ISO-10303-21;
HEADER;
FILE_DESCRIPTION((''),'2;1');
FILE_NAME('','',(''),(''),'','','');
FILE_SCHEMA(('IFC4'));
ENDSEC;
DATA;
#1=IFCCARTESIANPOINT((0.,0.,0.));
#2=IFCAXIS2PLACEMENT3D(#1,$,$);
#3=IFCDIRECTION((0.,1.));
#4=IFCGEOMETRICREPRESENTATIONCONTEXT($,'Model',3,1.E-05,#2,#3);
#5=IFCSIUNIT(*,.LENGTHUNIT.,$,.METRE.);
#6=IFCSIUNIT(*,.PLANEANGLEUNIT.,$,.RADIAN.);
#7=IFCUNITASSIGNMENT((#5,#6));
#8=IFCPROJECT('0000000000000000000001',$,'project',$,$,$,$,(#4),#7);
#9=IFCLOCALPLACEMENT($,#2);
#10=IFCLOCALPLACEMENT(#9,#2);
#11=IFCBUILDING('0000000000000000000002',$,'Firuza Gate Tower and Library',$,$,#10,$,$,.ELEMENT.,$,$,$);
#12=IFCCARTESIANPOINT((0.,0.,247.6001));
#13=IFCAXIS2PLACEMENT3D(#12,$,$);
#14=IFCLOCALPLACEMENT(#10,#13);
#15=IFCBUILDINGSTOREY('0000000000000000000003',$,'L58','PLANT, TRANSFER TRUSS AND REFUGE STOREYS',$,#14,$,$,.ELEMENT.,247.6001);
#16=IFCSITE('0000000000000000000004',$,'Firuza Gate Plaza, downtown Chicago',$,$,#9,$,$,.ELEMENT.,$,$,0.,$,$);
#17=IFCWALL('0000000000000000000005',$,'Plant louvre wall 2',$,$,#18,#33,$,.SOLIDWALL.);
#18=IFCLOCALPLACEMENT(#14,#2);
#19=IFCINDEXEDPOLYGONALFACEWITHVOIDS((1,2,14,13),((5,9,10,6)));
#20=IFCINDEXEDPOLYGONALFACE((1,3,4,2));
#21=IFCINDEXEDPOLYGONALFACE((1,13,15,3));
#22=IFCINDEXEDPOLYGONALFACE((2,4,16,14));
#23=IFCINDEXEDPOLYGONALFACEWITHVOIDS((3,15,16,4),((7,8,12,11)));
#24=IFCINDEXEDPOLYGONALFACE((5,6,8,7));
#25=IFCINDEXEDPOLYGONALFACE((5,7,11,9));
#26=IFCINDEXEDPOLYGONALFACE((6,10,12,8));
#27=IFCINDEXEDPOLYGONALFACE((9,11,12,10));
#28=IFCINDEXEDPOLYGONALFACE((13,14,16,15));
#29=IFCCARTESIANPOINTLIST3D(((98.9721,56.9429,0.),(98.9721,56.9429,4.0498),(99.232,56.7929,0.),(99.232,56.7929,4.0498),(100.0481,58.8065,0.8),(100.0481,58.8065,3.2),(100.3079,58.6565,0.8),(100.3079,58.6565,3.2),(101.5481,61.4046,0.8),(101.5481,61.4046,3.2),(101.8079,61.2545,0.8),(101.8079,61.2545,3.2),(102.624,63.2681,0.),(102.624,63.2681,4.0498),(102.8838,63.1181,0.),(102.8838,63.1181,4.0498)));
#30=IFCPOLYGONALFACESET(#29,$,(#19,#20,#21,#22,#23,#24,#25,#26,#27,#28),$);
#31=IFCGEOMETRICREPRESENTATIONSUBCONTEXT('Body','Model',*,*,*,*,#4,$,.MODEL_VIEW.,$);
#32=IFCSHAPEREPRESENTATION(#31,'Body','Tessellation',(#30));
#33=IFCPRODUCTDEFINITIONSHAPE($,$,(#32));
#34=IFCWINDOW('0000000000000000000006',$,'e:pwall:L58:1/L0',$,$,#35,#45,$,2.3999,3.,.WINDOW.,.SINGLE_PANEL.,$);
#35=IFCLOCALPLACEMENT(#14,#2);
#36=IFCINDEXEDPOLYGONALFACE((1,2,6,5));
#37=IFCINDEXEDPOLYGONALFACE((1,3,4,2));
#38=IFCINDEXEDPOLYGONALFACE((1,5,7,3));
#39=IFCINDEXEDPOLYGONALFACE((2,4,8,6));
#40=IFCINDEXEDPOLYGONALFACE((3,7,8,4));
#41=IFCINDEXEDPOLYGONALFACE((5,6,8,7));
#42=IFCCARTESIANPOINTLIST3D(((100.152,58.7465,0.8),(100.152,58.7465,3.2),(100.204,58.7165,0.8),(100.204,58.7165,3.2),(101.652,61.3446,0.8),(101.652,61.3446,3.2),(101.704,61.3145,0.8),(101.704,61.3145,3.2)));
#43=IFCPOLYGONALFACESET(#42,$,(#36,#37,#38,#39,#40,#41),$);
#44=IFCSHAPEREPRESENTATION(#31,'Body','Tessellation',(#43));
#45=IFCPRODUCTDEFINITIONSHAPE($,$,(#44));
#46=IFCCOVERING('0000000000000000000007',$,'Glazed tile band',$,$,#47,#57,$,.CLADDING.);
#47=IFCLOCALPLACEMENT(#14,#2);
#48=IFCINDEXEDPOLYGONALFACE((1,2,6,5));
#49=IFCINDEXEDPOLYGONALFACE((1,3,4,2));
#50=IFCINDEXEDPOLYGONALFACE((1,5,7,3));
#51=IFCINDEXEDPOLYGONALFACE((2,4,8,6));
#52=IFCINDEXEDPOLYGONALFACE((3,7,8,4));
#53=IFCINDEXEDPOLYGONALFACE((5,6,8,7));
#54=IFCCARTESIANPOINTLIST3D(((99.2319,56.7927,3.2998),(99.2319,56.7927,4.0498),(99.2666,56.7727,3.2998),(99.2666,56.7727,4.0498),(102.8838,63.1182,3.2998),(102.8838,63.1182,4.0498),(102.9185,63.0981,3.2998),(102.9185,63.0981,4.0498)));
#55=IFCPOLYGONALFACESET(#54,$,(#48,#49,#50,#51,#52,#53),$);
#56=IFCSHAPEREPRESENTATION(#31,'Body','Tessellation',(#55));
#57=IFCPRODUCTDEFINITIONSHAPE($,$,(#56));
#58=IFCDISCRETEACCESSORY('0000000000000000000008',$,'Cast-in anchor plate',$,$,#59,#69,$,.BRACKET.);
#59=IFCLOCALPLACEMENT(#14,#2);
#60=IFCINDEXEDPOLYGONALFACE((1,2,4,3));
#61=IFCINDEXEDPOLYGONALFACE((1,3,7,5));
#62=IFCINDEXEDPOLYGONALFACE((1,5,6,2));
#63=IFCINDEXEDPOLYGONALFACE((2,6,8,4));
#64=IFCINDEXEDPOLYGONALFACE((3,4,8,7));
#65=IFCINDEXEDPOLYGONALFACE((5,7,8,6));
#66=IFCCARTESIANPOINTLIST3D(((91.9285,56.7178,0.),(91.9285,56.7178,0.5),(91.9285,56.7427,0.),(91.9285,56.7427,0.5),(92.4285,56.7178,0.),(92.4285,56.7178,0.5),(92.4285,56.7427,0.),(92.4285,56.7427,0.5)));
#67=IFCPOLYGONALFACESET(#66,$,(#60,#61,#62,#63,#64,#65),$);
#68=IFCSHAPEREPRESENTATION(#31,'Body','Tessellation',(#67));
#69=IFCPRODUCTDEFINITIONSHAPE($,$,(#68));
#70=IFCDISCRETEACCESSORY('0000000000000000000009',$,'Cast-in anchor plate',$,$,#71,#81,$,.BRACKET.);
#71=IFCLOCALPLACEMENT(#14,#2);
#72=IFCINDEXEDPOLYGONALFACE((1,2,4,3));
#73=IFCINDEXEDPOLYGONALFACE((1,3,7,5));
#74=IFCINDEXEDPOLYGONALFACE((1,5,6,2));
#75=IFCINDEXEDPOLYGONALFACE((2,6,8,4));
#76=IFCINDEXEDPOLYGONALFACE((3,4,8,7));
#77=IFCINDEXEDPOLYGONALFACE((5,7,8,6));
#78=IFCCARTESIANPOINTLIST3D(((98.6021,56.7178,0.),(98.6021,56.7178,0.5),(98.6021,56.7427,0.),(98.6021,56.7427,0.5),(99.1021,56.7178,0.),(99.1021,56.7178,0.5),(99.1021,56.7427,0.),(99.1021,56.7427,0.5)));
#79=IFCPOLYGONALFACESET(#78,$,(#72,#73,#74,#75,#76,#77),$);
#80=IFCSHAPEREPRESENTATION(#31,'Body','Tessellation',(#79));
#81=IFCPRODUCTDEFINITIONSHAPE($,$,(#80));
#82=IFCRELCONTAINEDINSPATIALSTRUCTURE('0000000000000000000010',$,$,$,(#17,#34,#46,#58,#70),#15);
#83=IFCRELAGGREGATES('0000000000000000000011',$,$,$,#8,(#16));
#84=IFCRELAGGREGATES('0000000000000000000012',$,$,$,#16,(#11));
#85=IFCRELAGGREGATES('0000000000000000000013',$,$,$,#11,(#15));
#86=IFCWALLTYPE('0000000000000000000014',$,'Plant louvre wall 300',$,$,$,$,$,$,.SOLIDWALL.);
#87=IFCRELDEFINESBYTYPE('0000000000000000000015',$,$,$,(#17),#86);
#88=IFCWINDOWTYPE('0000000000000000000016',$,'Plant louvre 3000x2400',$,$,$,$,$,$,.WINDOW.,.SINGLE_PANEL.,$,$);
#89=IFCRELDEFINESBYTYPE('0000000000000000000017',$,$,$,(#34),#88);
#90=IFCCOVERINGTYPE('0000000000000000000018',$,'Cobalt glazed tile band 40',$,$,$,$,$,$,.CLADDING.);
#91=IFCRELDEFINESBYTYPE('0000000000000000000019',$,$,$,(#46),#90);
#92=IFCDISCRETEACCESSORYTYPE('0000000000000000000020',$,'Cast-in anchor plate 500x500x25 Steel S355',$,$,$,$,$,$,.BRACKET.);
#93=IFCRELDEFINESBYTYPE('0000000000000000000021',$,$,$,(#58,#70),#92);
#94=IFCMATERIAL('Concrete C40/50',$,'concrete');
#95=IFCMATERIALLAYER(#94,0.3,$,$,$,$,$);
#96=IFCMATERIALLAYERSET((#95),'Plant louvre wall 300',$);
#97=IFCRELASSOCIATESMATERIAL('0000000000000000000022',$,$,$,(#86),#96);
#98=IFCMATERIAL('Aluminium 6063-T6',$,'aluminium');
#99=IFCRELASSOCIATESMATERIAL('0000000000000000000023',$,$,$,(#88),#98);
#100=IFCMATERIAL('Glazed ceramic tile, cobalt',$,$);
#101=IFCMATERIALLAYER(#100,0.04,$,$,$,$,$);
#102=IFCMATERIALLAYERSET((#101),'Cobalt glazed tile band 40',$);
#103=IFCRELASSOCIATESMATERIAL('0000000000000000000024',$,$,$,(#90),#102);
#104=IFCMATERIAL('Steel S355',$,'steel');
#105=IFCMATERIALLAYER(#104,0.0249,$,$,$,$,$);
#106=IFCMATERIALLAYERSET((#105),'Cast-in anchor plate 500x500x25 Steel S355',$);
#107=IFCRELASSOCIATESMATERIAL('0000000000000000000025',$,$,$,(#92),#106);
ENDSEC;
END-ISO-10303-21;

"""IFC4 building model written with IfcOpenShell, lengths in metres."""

from ifc_helpers import new_model, si_unit, direction, frame, frame_2d, origin, origin_2d, place, context, subcontext, project, spatial, polyline, rectangle, outline, extrude, material, layer, layer_set, type_object, element, fill, save


model = new_model("IFC4")

# Units and contexts
model_context = context("Model", 3, precision=1e-05, world=origin(), true_north=direction((0.0, 1.0)))
body_context = subcontext(model_context, "Body", "Model", "MODEL_VIEW")
ifc_project = project(units=[si_unit("LENGTHUNIT", "METRE"), si_unit("PLANEANGLEUNIT", "RADIAN")], contexts=[model_context])

# Site, building, storey
site_placement = place(None, origin())
site = spatial("IfcSite", under=ifc_project, at=site_placement, Name="Firuza Gate Plaza, downtown Chicago", CompositionType="ELEMENT", RefElevation=0.0)
building_placement = place(site_placement, origin())
building = spatial("IfcBuilding", under=site, at=building_placement, Name="Firuza Gate Tower and Library", CompositionType="ELEMENT")
storey_placement = place(building_placement, frame((0.0, 0.0, 247.6001)))
storey = spatial("IfcBuildingStorey", under=building, at=storey_placement, Name="L58", Description="PLANT, TRANSFER TRUSS AND REFUGE STOREYS", CompositionType="ELEMENT", Elevation=247.6001)

# Wall, opening, window
ifc_material_1 = material(Name="Concrete C40/50", Category="concrete")
ifc_layer_1 = layer(ifc_material_1, 0.3)
ifc_layer_set_1 = layer_set([ifc_layer_1], Name="Plant louvre wall 300")
wall_type_1 = type_object("IfcWallType", Name="Plant louvre wall 300", PredefinedType="SOLIDWALL", material=ifc_layer_set_1)
wall_1_placement = place(storey_placement, frame((99.1021, 56.8679, 0.0), z_axis=(0.0, 0.0, 1.0), x_axis=(0.5, 0.866025, 0.0)))
wall_1 = element("IfcWall", 1, at=wall_1_placement, inside=storey, type_object=wall_type_1, Name="Plant louvre wall 2", PredefinedType="SOLIDWALL", context=body_context, shape_type="SweptSolid", body=[
    extrude(rectangle(XDim=7.3037, YDim=0.3, at=frame_2d((3.6519, 0.0))), origin(), (0.0, 0.0, 1.0), 4.0498),
])
opening_1_placement = place(wall_1_placement, frame((2.1519, 0.0, 0.8)))
opening_1 = element("IfcOpeningElement", 2, at=opening_1_placement, cuts=wall_1, PredefinedType="OPENING", context=body_context, shape_type="SweptSolid", body=[
    extrude(rectangle(XDim=3.0, YDim=2.3999, at=frame_2d((1.5, 1.2))), frame((0.0, 0.1602, 0.0), z_axis=(0.0, -1.0, 0.0), x_axis=(1.0, 0.0, 0.0)), (0.0, 0.0, 1.0), 0.3201),
])
ifc_material_2 = material(Name="Aluminium 6063-T6", Category="aluminium")
window_type = type_object("IfcWindowType", Name="Plant louvre 3000x2400", PartitioningType="SINGLE_PANEL", PredefinedType="WINDOW", material=ifc_material_2)
window_placement = place(opening_1_placement, origin())
window = element("IfcWindow", 3, at=window_placement, inside=storey, type_object=window_type, Name="e:pwall:L58:1/L0", OverallHeight=2.3999, OverallWidth=3.0, PartitioningType="SINGLE_PANEL", PredefinedType="WINDOW", context=body_context, shape_type="SweptSolid", body=[
    extrude(rectangle(XDim=3.0, YDim=2.3999, at=frame_2d((1.5, 1.2))), frame((0.0, 0.03, 0.0), z_axis=(0.0, -1.0, 0.0), x_axis=(1.0, 0.0, 0.0)), (0.0, 0.0, 1.0), 0.0601),
])
fill(opening_1, window)

# Covering
ifc_material_3 = material(Name="Glazed ceramic tile, cobalt")
ifc_layer_2 = layer(ifc_material_3, 0.04)
ifc_layer_set_2 = layer_set([ifc_layer_2], Name="Cobalt glazed tile band 40")
covering_type = type_object("IfcCoveringType", Name="Cobalt glazed tile band 40", PredefinedType="CLADDING", material=ifc_layer_set_2)
covering_placement = place(storey_placement, frame((99.2666, 56.7727, 3.2998), z_axis=(0.866034, -0.499986, 0.0), x_axis=(0.499986, 0.866034, 0.0)))
element("IfcCovering", 4, at=covering_placement, inside=storey, type_object=covering_type, Name="Glazed tile band", PredefinedType="CLADDING", context=body_context, shape_type="SweptSolid", body=[
    extrude(outline(polyline([(0.0, 0.0), (7.3039, 0.0), (7.3039, 0.75), (0.0, 0.75), (0.0, 0.0)])), origin(), (0.0, 0.0, -1.0), 0.04),
])

# Discrete accessories
ifc_material_4 = material(Name="Steel S355", Category="steel")
ifc_layer_3 = layer(ifc_material_4, 0.0249)
ifc_layer_set_3 = layer_set([ifc_layer_3], Name="Cast-in anchor plate 500x500x25 Steel S355")
discrete_accessory_type = type_object("IfcDiscreteAccessoryType", Name="Cast-in anchor plate 500x500x25 Steel S355", PredefinedType="BRACKET", material=ifc_layer_set_3)
for number, where, z_axis, x_axis, name in (
    (5, (92.1785, 56.7302, 0.0), (0.0, 0.0, 1.0), (1.0, 0.0, 0.0), "Cast-in anchor plate"),
    (6, (98.8521, 56.7302, 0.0), (0.0, 0.0, 1.0), (1.0, 0.0, 0.0), "Cast-in anchor plate"),
):
    element("IfcDiscreteAccessory", number, at=place(storey_placement, frame(where, z_axis=z_axis, x_axis=x_axis)), inside=storey, type_object=discrete_accessory_type, Name=name, PredefinedType="BRACKET", context=body_context, shape_type="SweptSolid", body=[
        extrude(rectangle(XDim=0.5, YDim=0.0249, at=origin_2d()), origin(), (0.0, 0.0, 1.0), 0.5),
    ])

save(model, "model.ifc")
